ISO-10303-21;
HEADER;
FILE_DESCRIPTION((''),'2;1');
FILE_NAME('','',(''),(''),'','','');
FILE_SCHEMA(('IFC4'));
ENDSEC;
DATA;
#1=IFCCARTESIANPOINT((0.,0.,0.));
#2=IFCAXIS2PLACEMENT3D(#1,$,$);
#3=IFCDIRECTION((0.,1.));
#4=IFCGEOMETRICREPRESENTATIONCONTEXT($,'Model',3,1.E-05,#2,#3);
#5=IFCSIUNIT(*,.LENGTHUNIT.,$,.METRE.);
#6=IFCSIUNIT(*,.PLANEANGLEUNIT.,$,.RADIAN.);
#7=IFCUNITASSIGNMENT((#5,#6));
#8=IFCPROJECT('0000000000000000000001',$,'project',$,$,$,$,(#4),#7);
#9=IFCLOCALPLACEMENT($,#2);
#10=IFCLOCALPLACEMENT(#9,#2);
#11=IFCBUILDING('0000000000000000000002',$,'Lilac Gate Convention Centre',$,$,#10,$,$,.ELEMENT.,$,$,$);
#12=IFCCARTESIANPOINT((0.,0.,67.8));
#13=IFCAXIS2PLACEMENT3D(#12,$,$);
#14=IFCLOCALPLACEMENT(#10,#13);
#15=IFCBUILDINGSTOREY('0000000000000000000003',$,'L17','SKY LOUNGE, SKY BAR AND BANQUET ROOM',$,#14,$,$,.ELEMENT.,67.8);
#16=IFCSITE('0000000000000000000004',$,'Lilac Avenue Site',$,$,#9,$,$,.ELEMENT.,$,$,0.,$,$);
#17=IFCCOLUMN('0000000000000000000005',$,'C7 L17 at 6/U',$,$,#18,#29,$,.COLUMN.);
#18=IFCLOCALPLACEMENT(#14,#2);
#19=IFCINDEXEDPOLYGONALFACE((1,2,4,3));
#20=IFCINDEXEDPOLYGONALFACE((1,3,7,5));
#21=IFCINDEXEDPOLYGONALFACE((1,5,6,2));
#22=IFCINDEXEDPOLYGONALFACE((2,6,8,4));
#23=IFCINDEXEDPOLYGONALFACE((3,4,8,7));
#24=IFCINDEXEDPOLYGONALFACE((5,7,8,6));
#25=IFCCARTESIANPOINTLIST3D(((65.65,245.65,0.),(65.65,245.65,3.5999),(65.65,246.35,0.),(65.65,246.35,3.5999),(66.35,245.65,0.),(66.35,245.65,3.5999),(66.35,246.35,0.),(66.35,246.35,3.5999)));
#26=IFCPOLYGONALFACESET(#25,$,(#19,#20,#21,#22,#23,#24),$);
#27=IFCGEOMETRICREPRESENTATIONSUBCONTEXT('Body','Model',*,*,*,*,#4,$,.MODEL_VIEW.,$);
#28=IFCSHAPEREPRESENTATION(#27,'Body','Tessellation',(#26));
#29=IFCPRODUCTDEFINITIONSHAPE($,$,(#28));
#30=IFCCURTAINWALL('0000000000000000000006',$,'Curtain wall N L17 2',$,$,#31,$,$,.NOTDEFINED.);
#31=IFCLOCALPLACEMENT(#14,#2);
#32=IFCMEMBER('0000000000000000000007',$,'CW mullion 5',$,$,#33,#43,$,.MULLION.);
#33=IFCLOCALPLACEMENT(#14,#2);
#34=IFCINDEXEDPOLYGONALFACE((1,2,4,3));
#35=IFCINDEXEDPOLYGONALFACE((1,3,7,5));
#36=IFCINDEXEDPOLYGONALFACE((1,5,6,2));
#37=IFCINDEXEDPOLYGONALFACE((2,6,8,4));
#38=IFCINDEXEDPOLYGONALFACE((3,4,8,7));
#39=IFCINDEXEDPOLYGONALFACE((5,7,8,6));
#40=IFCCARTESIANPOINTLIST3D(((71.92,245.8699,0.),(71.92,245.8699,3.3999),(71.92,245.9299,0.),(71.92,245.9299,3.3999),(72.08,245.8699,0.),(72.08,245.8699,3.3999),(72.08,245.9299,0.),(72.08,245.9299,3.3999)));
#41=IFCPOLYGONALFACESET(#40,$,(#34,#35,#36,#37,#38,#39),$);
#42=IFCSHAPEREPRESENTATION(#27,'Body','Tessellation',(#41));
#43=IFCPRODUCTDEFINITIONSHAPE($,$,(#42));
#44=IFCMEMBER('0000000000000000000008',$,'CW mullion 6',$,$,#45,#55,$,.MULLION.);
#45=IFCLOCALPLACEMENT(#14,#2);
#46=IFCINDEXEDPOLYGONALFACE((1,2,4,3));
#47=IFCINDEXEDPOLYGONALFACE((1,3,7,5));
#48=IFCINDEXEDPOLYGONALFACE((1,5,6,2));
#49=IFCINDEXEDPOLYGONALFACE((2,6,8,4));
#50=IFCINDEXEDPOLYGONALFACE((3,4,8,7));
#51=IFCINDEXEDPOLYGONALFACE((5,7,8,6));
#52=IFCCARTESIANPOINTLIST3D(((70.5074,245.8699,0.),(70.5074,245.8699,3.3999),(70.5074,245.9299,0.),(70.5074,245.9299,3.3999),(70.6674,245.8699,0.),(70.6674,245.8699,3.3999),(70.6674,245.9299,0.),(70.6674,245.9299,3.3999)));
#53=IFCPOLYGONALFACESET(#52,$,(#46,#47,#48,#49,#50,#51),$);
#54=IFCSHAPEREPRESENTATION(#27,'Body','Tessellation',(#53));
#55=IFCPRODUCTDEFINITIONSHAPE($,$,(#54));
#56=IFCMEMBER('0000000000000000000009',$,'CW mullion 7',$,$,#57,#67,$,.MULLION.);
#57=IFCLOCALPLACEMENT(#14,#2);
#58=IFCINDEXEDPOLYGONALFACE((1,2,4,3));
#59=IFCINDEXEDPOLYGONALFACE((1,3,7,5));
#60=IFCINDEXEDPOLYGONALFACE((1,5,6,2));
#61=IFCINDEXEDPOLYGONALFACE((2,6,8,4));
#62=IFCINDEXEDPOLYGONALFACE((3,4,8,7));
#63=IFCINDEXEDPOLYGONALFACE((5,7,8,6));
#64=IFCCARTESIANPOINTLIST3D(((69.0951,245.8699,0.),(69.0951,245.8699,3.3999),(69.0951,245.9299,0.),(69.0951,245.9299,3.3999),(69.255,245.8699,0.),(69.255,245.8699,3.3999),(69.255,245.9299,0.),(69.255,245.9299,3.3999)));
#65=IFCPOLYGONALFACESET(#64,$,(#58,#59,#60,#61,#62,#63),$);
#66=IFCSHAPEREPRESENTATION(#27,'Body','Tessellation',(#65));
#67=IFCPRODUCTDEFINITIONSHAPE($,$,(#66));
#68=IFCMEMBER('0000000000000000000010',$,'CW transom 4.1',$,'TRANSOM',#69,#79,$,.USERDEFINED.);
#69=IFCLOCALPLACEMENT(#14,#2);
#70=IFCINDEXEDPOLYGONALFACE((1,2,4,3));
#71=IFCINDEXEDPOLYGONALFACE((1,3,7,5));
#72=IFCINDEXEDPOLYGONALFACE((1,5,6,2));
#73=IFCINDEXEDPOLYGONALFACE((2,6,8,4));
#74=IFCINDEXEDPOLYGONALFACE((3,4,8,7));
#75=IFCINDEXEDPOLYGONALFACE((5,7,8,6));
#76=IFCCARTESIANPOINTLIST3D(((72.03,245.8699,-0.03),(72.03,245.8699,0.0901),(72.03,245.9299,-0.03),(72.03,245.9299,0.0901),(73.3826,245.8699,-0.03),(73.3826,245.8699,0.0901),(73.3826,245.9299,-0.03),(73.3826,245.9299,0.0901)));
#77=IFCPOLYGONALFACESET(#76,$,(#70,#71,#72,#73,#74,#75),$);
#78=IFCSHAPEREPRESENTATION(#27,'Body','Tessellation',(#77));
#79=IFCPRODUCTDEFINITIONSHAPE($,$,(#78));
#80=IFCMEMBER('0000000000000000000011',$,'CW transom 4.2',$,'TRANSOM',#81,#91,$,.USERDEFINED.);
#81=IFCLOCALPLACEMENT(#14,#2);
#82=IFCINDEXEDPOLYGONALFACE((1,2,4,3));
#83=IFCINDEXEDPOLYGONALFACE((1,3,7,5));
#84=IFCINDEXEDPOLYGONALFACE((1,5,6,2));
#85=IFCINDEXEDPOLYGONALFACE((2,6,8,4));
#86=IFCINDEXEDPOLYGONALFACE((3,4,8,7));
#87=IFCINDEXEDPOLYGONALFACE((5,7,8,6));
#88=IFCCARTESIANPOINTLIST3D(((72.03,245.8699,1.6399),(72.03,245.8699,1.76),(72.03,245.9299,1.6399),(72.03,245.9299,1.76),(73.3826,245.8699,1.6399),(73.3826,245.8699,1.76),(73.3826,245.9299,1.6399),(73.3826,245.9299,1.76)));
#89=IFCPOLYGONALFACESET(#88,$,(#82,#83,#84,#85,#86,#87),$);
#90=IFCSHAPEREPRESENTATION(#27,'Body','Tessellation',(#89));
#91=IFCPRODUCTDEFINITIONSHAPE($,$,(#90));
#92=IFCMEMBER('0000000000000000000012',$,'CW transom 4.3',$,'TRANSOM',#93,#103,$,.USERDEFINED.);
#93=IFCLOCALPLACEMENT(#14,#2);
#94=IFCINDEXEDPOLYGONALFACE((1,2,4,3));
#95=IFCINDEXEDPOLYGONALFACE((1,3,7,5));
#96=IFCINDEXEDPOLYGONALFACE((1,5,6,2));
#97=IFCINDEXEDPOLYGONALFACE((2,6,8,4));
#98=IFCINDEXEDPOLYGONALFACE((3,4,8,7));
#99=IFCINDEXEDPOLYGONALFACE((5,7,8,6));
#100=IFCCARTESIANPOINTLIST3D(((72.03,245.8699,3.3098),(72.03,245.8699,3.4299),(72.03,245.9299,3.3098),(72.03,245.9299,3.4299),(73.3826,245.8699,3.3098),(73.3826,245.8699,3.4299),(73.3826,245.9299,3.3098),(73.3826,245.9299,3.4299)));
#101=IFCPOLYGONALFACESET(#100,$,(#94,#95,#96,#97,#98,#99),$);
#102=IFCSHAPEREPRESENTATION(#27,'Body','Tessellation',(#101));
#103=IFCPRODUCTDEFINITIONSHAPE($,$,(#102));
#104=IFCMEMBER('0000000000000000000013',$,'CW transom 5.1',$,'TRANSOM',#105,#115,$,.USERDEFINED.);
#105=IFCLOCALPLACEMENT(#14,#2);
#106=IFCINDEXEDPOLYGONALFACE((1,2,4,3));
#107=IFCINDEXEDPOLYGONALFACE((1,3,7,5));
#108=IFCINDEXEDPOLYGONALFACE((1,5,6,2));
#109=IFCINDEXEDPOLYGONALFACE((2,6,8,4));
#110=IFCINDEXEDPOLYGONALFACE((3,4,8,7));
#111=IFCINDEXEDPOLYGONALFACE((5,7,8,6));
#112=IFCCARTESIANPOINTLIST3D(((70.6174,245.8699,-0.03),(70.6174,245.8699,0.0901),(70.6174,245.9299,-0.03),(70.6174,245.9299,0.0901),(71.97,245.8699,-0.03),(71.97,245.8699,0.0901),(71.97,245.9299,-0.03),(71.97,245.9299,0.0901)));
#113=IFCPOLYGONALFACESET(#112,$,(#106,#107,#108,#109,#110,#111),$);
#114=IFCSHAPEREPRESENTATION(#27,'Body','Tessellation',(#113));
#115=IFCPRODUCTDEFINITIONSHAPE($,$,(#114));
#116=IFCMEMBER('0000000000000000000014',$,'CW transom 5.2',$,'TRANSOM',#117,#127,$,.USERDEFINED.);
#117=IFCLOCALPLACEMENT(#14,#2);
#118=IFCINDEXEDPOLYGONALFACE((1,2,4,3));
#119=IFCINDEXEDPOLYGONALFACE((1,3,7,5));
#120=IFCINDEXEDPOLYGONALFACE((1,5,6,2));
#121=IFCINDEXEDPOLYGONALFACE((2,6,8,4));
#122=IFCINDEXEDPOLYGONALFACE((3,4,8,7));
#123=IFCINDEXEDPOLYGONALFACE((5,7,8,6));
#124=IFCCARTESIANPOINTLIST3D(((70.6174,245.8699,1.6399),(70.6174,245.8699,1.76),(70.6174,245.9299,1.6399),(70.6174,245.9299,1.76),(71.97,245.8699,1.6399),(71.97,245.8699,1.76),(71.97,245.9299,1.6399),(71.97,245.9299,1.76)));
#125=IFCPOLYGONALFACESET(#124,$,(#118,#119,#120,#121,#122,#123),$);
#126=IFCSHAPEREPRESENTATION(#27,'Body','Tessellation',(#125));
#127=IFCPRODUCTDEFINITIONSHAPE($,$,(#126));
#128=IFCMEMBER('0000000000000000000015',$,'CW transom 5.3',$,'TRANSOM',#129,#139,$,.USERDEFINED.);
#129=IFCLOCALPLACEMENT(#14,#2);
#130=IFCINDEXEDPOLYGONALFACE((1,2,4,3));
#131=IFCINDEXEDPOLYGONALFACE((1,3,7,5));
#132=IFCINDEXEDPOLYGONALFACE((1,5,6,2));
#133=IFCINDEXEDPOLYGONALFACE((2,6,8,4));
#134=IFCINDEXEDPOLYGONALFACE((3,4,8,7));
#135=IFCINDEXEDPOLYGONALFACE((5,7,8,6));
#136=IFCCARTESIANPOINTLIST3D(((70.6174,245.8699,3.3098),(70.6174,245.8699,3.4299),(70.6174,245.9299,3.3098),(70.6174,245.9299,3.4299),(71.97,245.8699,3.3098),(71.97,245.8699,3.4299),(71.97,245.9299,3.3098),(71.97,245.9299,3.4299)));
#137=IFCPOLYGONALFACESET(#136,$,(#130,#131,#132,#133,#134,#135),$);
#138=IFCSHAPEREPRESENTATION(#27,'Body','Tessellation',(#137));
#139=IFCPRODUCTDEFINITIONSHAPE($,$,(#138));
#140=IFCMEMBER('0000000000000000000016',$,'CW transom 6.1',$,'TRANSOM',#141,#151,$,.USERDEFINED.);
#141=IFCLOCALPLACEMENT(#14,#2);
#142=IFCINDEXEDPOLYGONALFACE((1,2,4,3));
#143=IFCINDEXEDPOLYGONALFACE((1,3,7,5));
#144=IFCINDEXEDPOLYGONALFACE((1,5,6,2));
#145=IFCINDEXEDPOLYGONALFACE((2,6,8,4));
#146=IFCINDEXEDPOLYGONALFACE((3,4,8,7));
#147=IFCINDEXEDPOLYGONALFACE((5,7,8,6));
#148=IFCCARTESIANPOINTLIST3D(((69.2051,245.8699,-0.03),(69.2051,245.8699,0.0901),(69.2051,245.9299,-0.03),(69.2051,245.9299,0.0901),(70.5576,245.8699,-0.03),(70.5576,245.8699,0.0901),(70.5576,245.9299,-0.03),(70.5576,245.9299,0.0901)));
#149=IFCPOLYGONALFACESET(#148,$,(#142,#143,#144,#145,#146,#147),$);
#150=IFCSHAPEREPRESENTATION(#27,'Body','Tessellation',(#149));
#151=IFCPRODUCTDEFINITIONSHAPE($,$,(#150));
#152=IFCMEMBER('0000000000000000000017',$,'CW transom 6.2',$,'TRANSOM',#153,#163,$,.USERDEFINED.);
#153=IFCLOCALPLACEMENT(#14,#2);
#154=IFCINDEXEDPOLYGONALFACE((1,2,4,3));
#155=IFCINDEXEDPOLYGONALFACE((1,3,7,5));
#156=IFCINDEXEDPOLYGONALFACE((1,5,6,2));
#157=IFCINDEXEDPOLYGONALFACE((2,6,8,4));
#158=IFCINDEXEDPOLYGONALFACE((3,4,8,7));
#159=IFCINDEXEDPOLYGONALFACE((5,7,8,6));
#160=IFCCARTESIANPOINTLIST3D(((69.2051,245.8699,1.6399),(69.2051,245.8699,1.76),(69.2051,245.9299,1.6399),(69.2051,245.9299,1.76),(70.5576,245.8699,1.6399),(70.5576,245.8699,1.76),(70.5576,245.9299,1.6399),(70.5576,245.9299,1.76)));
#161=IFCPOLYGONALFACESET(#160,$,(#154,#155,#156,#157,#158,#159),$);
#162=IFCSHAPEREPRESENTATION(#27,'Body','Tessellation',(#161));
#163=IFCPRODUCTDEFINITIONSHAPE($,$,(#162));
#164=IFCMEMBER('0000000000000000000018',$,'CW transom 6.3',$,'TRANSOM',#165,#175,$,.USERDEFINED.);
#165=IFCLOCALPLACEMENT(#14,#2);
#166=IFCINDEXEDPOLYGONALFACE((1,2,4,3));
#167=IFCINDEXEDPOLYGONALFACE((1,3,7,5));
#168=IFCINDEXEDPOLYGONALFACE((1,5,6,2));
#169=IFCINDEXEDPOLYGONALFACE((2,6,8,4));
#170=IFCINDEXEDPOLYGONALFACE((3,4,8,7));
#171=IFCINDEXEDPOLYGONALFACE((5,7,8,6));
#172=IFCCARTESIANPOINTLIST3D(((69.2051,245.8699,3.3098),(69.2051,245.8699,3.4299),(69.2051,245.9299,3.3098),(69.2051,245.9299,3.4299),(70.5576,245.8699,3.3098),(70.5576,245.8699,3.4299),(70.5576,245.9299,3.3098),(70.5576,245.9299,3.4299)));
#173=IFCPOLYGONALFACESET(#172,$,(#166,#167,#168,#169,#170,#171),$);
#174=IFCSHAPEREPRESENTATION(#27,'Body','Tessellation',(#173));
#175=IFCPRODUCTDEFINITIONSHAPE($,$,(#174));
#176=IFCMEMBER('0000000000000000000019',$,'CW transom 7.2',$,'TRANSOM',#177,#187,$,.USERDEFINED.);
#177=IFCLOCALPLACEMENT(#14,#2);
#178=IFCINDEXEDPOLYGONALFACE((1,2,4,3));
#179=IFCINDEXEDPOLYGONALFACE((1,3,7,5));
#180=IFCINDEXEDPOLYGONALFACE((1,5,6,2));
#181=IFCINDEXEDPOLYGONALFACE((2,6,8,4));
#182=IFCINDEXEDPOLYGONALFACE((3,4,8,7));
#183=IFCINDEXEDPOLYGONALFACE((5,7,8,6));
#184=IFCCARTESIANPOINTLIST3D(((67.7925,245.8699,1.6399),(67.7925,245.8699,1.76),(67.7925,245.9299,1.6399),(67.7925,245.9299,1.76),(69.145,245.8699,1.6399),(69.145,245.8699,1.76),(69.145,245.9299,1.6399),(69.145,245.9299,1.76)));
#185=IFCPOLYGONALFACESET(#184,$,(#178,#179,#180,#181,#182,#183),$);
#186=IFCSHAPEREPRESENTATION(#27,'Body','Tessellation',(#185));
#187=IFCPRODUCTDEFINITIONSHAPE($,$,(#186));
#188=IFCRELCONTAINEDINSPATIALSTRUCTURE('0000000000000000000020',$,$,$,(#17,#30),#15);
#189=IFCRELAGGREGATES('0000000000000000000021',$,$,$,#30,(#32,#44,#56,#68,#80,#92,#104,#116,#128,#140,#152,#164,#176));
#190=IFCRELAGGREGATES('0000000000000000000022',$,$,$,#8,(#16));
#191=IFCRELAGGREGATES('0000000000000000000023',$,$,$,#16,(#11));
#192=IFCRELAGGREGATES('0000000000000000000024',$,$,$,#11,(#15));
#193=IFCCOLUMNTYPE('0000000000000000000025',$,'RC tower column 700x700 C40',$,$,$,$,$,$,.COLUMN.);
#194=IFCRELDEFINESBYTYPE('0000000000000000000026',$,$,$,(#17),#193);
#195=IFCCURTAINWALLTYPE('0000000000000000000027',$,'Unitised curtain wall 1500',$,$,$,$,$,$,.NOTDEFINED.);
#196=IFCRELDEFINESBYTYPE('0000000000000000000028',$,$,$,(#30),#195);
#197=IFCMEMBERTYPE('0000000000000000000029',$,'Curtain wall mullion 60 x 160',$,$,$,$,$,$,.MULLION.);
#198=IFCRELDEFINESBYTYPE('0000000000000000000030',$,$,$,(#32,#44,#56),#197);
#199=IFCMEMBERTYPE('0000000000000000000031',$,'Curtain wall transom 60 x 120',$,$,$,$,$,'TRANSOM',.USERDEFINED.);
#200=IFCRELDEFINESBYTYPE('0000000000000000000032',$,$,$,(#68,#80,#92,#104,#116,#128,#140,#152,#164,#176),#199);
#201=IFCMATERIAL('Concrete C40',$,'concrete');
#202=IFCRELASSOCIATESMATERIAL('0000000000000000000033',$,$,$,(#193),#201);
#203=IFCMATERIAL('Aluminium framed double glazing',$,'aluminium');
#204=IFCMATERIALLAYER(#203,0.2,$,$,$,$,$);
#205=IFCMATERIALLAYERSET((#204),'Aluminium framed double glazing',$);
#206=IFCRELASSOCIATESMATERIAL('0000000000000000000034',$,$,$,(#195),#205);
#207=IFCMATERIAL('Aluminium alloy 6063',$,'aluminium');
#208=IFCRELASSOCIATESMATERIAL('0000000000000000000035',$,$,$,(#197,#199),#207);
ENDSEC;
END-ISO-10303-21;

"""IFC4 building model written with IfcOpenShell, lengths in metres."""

from ifc_helpers import new_model, si_unit, direction, frame, origin, origin_2d, place, context, subcontext, project, spatial, rectangle, extrude, material, layer, layer_set, material_profile, profile_set, type_object, element, aggregate, save


model = new_model("IFC4")

# Units and contexts
model_context = context("Model", 3, precision=1e-05, world=origin(), true_north=direction((0.0, 1.0)))
body_context = subcontext(model_context, "Body", "Model", "MODEL_VIEW")
ifc_project = project(units=[si_unit("LENGTHUNIT", "METRE"), si_unit("PLANEANGLEUNIT", "RADIAN")], contexts=[model_context])

# Site, building, storey
site_placement = place(None, origin())
site = spatial("IfcSite", under=ifc_project, at=site_placement, Name="Lilac Avenue Site", CompositionType="ELEMENT", RefElevation=0.0)
building_placement = place(site_placement, origin())
building = spatial("IfcBuilding", under=site, at=building_placement, Name="Lilac Gate Convention Centre", CompositionType="ELEMENT")
storey_placement = place(building_placement, frame((0.0, 0.0, 67.8)))
storey = spatial("IfcBuildingStorey", under=building, at=storey_placement, Name="L17", Description="SKY LOUNGE, SKY BAR AND BANQUET ROOM", CompositionType="ELEMENT", Elevation=67.8)

# Column
ifc_material_1 = material(Name="Concrete C40", Category="concrete")
ifc_material_profile_1 = material_profile(ifc_material_1, rectangle(XDim=0.7, YDim=0.7, at=origin_2d()), Name="RC 700x700")
ifc_profile_set_1 = profile_set([ifc_material_profile_1], Name="Concrete C40")
column_type = type_object("IfcColumnType", Name="RC tower column 700x700 C40", PredefinedType="COLUMN", material=ifc_profile_set_1)
column_placement = place(storey_placement, frame((66.0, 246.0, 0.0), z_axis=(0.0, 0.0, 1.0), x_axis=(1.0, 0.0, 0.0)))
element("IfcColumn", 1, at=column_placement, inside=storey, type_object=column_type, Name="C7 L17 at 6/U", PredefinedType="COLUMN", context=body_context, shape_type="SweptSolid", body=[
    extrude(rectangle(XDim=0.7, YDim=0.7, at=origin_2d()), origin(), (0.0, 0.0, 1.0), 3.5999),
])

# Curtain wall, members
ifc_material_2 = material(Name="Aluminium framed double glazing", Category="aluminium")
ifc_layer_1 = layer(ifc_material_2, 0.2)
ifc_layer_set_1 = layer_set([ifc_layer_1], Name="Aluminium framed double glazing")
curtain_wall_type = type_object("IfcCurtainWallType", Name="Unitised curtain wall 1500", PredefinedType="NOTDEFINED", material=ifc_layer_set_1)
curtain_wall_placement = place(storey_placement, origin())
curtain_wall = element("IfcCurtainWall", 2, at=curtain_wall_placement, inside=storey, type_object=curtain_wall_type, Name="Curtain wall N L17 2", PredefinedType="NOTDEFINED")
ifc_material_3 = material(Name="Aluminium alloy 6063", Category="aluminium")
ifc_material_profile_2 = material_profile(ifc_material_3, rectangle(XDim=0.0601, YDim=0.1599, at=origin_2d()), Name="Curtain wall mullion 60 x 160")
ifc_profile_set_2 = profile_set([ifc_material_profile_2], Name="Aluminium alloy 6063")
member_type_1 = type_object("IfcMemberType", Name="Curtain wall mullion 60 x 160", PredefinedType="MULLION", material=ifc_profile_set_2)
member_1_placement = place(storey_placement, frame((72.0, 245.8999, 0.0), z_axis=(0.0, 0.0, 1.0), x_axis=(0.0, -1.0, 0.0)))
member_1 = element("IfcMember", 3, at=member_1_placement, type_object=member_type_1, Name="CW mullion 5", PredefinedType="MULLION", context=body_context, shape_type="SweptSolid", body=[
    extrude(rectangle(XDim=0.0601, YDim=0.1599, at=origin_2d()), origin(), (0.0, 0.0, 1.0), 3.3999),
])
member_2_placement = place(storey_placement, frame((70.5874, 245.8999, 0.0), z_axis=(0.0, 0.0, 1.0), x_axis=(0.0, -1.0, 0.0)))
member_2 = element("IfcMember", 4, at=member_2_placement, type_object=member_type_1, Name="CW mullion 6", PredefinedType="MULLION", context=body_context, shape_type="SweptSolid", body=[
    extrude(rectangle(XDim=0.0601, YDim=0.1599, at=origin_2d()), origin(), (0.0, 0.0, 1.0), 3.3999),
])
member_3_placement = place(storey_placement, frame((69.175, 245.8999, 0.0), z_axis=(0.0, 0.0, 1.0), x_axis=(0.0, -1.0, 0.0)))
member_3 = element("IfcMember", 5, at=member_3_placement, type_object=member_type_1, Name="CW mullion 7", PredefinedType="MULLION", context=body_context, shape_type="SweptSolid", body=[
    extrude(rectangle(XDim=0.0601, YDim=0.1599, at=origin_2d()), origin(), (0.0, 0.0, 1.0), 3.3999),
])
ifc_material_profile_3 = material_profile(ifc_material_3, rectangle(XDim=0.0601, YDim=0.1201, at=origin_2d()), Name="Curtain wall transom 60 x 120")
ifc_profile_set_3 = profile_set([ifc_material_profile_3], Name="Aluminium alloy 6063")
member_type_2 = type_object("IfcMemberType", Name="Curtain wall transom 60 x 120", ElementType="TRANSOM", PredefinedType="USERDEFINED", material=ifc_profile_set_3)
member_4_placement = place(storey_placement, frame((73.3826, 245.8999, 0.03), z_axis=(-1.0, 0.0, 0.0), x_axis=(0.0, -1.0, 0.0)))
member_4 = element("IfcMember", 6, at=member_4_placement, type_object=member_type_2, Name="CW transom 4.1", ObjectType="TRANSOM", PredefinedType="USERDEFINED", context=body_context, shape_type="SweptSolid", body=[
    extrude(rectangle(XDim=0.0601, YDim=0.1201, at=origin_2d()), origin(), (0.0, 0.0, 1.0), 1.3525),
])
member_5_placement = place(storey_placement, frame((73.3826, 245.8999, 1.7), z_axis=(-1.0, 0.0, 0.0), x_axis=(0.0, -1.0, 0.0)))
member_5 = element("IfcMember", 7, at=member_5_placement, type_object=member_type_2, Name="CW transom 4.2", ObjectType="TRANSOM", PredefinedType="USERDEFINED", context=body_context, shape_type="SweptSolid", body=[
    extrude(rectangle(XDim=0.0601, YDim=0.1201, at=origin_2d()), origin(), (0.0, 0.0, 1.0), 1.3525),
])
member_6_placement = place(storey_placement, frame((73.3826, 245.8999, 3.3699), z_axis=(-1.0, 0.0, 0.0), x_axis=(0.0, -1.0, 0.0)))
member_6 = element("IfcMember", 8, at=member_6_placement, type_object=member_type_2, Name="CW transom 4.3", ObjectType="TRANSOM", PredefinedType="USERDEFINED", context=body_context, shape_type="SweptSolid", body=[
    extrude(rectangle(XDim=0.0601, YDim=0.1201, at=origin_2d()), origin(), (0.0, 0.0, 1.0), 1.3525),
])
member_7_placement = place(storey_placement, frame((71.97, 245.8999, 0.03), z_axis=(-1.0, 0.0, 0.0), x_axis=(0.0, -1.0, 0.0)))
member_7 = element("IfcMember", 9, at=member_7_placement, type_object=member_type_2, Name="CW transom 5.1", ObjectType="TRANSOM", PredefinedType="USERDEFINED", context=body_context, shape_type="SweptSolid", body=[
    extrude(rectangle(XDim=0.0601, YDim=0.1201, at=origin_2d()), origin(), (0.0, 0.0, 1.0), 1.3525),
])
member_8_placement = place(storey_placement, frame((71.97, 245.8999, 1.7), z_axis=(-1.0, 0.0, 0.0), x_axis=(0.0, -1.0, 0.0)))
member_8 = element("IfcMember", 10, at=member_8_placement, type_object=member_type_2, Name="CW transom 5.2", ObjectType="TRANSOM", PredefinedType="USERDEFINED", context=body_context, shape_type="SweptSolid", body=[
    extrude(rectangle(XDim=0.0601, YDim=0.1201, at=origin_2d()), origin(), (0.0, 0.0, 1.0), 1.3525),
])
member_9_placement = place(storey_placement, frame((71.97, 245.8999, 3.3699), z_axis=(-1.0, 0.0, 0.0), x_axis=(0.0, -1.0, 0.0)))
member_9 = element("IfcMember", 11, at=member_9_placement, type_object=member_type_2, Name="CW transom 5.3", ObjectType="TRANSOM", PredefinedType="USERDEFINED", context=body_context, shape_type="SweptSolid", body=[
    extrude(rectangle(XDim=0.0601, YDim=0.1201, at=origin_2d()), origin(), (0.0, 0.0, 1.0), 1.3525),
])
member_10_placement = place(storey_placement, frame((70.5576, 245.8999, 0.03), z_axis=(-1.0, 0.0, 0.0), x_axis=(0.0, -1.0, 0.0)))
member_10 = element("IfcMember", 12, at=member_10_placement, type_object=member_type_2, Name="CW transom 6.1", ObjectType="TRANSOM", PredefinedType="USERDEFINED", context=body_context, shape_type="SweptSolid", body=[
    extrude(rectangle(XDim=0.0601, YDim=0.1201, at=origin_2d()), origin(), (0.0, 0.0, 1.0), 1.3525),
])
member_11_placement = place(storey_placement, frame((70.5576, 245.8999, 1.7), z_axis=(-1.0, 0.0, 0.0), x_axis=(0.0, -1.0, 0.0)))
member_11 = element("IfcMember", 13, at=member_11_placement, type_object=member_type_2, Name="CW transom 6.2", ObjectType="TRANSOM", PredefinedType="USERDEFINED", context=body_context, shape_type="SweptSolid", body=[
    extrude(rectangle(XDim=0.0601, YDim=0.1201, at=origin_2d()), origin(), (0.0, 0.0, 1.0), 1.3525),
])
member_12_placement = place(storey_placement, frame((70.5576, 245.8999, 3.3699), z_axis=(-1.0, 0.0, 0.0), x_axis=(0.0, -1.0, 0.0)))
member_12 = element("IfcMember", 14, at=member_12_placement, type_object=member_type_2, Name="CW transom 6.3", ObjectType="TRANSOM", PredefinedType="USERDEFINED", context=body_context, shape_type="SweptSolid", body=[
    extrude(rectangle(XDim=0.0601, YDim=0.1201, at=origin_2d()), origin(), (0.0, 0.0, 1.0), 1.3525),
])
member_13_placement = place(storey_placement, frame((69.145, 245.8999, 1.7), z_axis=(-1.0, 0.0, 0.0), x_axis=(0.0, -1.0, 0.0)))
member_13 = element("IfcMember", 15, at=member_13_placement, type_object=member_type_2, Name="CW transom 7.2", ObjectType="TRANSOM", PredefinedType="USERDEFINED", context=body_context, shape_type="SweptSolid", body=[
    extrude(rectangle(XDim=0.0601, YDim=0.1201, at=origin_2d()), origin(), (0.0, 0.0, 1.0), 1.3525),
])

aggregate(curtain_wall, [member_1, member_2, member_3, member_4, member_5, member_6, member_7, member_8, member_9, member_10, member_11, member_12, member_13])

save(model, "model.ifc")
